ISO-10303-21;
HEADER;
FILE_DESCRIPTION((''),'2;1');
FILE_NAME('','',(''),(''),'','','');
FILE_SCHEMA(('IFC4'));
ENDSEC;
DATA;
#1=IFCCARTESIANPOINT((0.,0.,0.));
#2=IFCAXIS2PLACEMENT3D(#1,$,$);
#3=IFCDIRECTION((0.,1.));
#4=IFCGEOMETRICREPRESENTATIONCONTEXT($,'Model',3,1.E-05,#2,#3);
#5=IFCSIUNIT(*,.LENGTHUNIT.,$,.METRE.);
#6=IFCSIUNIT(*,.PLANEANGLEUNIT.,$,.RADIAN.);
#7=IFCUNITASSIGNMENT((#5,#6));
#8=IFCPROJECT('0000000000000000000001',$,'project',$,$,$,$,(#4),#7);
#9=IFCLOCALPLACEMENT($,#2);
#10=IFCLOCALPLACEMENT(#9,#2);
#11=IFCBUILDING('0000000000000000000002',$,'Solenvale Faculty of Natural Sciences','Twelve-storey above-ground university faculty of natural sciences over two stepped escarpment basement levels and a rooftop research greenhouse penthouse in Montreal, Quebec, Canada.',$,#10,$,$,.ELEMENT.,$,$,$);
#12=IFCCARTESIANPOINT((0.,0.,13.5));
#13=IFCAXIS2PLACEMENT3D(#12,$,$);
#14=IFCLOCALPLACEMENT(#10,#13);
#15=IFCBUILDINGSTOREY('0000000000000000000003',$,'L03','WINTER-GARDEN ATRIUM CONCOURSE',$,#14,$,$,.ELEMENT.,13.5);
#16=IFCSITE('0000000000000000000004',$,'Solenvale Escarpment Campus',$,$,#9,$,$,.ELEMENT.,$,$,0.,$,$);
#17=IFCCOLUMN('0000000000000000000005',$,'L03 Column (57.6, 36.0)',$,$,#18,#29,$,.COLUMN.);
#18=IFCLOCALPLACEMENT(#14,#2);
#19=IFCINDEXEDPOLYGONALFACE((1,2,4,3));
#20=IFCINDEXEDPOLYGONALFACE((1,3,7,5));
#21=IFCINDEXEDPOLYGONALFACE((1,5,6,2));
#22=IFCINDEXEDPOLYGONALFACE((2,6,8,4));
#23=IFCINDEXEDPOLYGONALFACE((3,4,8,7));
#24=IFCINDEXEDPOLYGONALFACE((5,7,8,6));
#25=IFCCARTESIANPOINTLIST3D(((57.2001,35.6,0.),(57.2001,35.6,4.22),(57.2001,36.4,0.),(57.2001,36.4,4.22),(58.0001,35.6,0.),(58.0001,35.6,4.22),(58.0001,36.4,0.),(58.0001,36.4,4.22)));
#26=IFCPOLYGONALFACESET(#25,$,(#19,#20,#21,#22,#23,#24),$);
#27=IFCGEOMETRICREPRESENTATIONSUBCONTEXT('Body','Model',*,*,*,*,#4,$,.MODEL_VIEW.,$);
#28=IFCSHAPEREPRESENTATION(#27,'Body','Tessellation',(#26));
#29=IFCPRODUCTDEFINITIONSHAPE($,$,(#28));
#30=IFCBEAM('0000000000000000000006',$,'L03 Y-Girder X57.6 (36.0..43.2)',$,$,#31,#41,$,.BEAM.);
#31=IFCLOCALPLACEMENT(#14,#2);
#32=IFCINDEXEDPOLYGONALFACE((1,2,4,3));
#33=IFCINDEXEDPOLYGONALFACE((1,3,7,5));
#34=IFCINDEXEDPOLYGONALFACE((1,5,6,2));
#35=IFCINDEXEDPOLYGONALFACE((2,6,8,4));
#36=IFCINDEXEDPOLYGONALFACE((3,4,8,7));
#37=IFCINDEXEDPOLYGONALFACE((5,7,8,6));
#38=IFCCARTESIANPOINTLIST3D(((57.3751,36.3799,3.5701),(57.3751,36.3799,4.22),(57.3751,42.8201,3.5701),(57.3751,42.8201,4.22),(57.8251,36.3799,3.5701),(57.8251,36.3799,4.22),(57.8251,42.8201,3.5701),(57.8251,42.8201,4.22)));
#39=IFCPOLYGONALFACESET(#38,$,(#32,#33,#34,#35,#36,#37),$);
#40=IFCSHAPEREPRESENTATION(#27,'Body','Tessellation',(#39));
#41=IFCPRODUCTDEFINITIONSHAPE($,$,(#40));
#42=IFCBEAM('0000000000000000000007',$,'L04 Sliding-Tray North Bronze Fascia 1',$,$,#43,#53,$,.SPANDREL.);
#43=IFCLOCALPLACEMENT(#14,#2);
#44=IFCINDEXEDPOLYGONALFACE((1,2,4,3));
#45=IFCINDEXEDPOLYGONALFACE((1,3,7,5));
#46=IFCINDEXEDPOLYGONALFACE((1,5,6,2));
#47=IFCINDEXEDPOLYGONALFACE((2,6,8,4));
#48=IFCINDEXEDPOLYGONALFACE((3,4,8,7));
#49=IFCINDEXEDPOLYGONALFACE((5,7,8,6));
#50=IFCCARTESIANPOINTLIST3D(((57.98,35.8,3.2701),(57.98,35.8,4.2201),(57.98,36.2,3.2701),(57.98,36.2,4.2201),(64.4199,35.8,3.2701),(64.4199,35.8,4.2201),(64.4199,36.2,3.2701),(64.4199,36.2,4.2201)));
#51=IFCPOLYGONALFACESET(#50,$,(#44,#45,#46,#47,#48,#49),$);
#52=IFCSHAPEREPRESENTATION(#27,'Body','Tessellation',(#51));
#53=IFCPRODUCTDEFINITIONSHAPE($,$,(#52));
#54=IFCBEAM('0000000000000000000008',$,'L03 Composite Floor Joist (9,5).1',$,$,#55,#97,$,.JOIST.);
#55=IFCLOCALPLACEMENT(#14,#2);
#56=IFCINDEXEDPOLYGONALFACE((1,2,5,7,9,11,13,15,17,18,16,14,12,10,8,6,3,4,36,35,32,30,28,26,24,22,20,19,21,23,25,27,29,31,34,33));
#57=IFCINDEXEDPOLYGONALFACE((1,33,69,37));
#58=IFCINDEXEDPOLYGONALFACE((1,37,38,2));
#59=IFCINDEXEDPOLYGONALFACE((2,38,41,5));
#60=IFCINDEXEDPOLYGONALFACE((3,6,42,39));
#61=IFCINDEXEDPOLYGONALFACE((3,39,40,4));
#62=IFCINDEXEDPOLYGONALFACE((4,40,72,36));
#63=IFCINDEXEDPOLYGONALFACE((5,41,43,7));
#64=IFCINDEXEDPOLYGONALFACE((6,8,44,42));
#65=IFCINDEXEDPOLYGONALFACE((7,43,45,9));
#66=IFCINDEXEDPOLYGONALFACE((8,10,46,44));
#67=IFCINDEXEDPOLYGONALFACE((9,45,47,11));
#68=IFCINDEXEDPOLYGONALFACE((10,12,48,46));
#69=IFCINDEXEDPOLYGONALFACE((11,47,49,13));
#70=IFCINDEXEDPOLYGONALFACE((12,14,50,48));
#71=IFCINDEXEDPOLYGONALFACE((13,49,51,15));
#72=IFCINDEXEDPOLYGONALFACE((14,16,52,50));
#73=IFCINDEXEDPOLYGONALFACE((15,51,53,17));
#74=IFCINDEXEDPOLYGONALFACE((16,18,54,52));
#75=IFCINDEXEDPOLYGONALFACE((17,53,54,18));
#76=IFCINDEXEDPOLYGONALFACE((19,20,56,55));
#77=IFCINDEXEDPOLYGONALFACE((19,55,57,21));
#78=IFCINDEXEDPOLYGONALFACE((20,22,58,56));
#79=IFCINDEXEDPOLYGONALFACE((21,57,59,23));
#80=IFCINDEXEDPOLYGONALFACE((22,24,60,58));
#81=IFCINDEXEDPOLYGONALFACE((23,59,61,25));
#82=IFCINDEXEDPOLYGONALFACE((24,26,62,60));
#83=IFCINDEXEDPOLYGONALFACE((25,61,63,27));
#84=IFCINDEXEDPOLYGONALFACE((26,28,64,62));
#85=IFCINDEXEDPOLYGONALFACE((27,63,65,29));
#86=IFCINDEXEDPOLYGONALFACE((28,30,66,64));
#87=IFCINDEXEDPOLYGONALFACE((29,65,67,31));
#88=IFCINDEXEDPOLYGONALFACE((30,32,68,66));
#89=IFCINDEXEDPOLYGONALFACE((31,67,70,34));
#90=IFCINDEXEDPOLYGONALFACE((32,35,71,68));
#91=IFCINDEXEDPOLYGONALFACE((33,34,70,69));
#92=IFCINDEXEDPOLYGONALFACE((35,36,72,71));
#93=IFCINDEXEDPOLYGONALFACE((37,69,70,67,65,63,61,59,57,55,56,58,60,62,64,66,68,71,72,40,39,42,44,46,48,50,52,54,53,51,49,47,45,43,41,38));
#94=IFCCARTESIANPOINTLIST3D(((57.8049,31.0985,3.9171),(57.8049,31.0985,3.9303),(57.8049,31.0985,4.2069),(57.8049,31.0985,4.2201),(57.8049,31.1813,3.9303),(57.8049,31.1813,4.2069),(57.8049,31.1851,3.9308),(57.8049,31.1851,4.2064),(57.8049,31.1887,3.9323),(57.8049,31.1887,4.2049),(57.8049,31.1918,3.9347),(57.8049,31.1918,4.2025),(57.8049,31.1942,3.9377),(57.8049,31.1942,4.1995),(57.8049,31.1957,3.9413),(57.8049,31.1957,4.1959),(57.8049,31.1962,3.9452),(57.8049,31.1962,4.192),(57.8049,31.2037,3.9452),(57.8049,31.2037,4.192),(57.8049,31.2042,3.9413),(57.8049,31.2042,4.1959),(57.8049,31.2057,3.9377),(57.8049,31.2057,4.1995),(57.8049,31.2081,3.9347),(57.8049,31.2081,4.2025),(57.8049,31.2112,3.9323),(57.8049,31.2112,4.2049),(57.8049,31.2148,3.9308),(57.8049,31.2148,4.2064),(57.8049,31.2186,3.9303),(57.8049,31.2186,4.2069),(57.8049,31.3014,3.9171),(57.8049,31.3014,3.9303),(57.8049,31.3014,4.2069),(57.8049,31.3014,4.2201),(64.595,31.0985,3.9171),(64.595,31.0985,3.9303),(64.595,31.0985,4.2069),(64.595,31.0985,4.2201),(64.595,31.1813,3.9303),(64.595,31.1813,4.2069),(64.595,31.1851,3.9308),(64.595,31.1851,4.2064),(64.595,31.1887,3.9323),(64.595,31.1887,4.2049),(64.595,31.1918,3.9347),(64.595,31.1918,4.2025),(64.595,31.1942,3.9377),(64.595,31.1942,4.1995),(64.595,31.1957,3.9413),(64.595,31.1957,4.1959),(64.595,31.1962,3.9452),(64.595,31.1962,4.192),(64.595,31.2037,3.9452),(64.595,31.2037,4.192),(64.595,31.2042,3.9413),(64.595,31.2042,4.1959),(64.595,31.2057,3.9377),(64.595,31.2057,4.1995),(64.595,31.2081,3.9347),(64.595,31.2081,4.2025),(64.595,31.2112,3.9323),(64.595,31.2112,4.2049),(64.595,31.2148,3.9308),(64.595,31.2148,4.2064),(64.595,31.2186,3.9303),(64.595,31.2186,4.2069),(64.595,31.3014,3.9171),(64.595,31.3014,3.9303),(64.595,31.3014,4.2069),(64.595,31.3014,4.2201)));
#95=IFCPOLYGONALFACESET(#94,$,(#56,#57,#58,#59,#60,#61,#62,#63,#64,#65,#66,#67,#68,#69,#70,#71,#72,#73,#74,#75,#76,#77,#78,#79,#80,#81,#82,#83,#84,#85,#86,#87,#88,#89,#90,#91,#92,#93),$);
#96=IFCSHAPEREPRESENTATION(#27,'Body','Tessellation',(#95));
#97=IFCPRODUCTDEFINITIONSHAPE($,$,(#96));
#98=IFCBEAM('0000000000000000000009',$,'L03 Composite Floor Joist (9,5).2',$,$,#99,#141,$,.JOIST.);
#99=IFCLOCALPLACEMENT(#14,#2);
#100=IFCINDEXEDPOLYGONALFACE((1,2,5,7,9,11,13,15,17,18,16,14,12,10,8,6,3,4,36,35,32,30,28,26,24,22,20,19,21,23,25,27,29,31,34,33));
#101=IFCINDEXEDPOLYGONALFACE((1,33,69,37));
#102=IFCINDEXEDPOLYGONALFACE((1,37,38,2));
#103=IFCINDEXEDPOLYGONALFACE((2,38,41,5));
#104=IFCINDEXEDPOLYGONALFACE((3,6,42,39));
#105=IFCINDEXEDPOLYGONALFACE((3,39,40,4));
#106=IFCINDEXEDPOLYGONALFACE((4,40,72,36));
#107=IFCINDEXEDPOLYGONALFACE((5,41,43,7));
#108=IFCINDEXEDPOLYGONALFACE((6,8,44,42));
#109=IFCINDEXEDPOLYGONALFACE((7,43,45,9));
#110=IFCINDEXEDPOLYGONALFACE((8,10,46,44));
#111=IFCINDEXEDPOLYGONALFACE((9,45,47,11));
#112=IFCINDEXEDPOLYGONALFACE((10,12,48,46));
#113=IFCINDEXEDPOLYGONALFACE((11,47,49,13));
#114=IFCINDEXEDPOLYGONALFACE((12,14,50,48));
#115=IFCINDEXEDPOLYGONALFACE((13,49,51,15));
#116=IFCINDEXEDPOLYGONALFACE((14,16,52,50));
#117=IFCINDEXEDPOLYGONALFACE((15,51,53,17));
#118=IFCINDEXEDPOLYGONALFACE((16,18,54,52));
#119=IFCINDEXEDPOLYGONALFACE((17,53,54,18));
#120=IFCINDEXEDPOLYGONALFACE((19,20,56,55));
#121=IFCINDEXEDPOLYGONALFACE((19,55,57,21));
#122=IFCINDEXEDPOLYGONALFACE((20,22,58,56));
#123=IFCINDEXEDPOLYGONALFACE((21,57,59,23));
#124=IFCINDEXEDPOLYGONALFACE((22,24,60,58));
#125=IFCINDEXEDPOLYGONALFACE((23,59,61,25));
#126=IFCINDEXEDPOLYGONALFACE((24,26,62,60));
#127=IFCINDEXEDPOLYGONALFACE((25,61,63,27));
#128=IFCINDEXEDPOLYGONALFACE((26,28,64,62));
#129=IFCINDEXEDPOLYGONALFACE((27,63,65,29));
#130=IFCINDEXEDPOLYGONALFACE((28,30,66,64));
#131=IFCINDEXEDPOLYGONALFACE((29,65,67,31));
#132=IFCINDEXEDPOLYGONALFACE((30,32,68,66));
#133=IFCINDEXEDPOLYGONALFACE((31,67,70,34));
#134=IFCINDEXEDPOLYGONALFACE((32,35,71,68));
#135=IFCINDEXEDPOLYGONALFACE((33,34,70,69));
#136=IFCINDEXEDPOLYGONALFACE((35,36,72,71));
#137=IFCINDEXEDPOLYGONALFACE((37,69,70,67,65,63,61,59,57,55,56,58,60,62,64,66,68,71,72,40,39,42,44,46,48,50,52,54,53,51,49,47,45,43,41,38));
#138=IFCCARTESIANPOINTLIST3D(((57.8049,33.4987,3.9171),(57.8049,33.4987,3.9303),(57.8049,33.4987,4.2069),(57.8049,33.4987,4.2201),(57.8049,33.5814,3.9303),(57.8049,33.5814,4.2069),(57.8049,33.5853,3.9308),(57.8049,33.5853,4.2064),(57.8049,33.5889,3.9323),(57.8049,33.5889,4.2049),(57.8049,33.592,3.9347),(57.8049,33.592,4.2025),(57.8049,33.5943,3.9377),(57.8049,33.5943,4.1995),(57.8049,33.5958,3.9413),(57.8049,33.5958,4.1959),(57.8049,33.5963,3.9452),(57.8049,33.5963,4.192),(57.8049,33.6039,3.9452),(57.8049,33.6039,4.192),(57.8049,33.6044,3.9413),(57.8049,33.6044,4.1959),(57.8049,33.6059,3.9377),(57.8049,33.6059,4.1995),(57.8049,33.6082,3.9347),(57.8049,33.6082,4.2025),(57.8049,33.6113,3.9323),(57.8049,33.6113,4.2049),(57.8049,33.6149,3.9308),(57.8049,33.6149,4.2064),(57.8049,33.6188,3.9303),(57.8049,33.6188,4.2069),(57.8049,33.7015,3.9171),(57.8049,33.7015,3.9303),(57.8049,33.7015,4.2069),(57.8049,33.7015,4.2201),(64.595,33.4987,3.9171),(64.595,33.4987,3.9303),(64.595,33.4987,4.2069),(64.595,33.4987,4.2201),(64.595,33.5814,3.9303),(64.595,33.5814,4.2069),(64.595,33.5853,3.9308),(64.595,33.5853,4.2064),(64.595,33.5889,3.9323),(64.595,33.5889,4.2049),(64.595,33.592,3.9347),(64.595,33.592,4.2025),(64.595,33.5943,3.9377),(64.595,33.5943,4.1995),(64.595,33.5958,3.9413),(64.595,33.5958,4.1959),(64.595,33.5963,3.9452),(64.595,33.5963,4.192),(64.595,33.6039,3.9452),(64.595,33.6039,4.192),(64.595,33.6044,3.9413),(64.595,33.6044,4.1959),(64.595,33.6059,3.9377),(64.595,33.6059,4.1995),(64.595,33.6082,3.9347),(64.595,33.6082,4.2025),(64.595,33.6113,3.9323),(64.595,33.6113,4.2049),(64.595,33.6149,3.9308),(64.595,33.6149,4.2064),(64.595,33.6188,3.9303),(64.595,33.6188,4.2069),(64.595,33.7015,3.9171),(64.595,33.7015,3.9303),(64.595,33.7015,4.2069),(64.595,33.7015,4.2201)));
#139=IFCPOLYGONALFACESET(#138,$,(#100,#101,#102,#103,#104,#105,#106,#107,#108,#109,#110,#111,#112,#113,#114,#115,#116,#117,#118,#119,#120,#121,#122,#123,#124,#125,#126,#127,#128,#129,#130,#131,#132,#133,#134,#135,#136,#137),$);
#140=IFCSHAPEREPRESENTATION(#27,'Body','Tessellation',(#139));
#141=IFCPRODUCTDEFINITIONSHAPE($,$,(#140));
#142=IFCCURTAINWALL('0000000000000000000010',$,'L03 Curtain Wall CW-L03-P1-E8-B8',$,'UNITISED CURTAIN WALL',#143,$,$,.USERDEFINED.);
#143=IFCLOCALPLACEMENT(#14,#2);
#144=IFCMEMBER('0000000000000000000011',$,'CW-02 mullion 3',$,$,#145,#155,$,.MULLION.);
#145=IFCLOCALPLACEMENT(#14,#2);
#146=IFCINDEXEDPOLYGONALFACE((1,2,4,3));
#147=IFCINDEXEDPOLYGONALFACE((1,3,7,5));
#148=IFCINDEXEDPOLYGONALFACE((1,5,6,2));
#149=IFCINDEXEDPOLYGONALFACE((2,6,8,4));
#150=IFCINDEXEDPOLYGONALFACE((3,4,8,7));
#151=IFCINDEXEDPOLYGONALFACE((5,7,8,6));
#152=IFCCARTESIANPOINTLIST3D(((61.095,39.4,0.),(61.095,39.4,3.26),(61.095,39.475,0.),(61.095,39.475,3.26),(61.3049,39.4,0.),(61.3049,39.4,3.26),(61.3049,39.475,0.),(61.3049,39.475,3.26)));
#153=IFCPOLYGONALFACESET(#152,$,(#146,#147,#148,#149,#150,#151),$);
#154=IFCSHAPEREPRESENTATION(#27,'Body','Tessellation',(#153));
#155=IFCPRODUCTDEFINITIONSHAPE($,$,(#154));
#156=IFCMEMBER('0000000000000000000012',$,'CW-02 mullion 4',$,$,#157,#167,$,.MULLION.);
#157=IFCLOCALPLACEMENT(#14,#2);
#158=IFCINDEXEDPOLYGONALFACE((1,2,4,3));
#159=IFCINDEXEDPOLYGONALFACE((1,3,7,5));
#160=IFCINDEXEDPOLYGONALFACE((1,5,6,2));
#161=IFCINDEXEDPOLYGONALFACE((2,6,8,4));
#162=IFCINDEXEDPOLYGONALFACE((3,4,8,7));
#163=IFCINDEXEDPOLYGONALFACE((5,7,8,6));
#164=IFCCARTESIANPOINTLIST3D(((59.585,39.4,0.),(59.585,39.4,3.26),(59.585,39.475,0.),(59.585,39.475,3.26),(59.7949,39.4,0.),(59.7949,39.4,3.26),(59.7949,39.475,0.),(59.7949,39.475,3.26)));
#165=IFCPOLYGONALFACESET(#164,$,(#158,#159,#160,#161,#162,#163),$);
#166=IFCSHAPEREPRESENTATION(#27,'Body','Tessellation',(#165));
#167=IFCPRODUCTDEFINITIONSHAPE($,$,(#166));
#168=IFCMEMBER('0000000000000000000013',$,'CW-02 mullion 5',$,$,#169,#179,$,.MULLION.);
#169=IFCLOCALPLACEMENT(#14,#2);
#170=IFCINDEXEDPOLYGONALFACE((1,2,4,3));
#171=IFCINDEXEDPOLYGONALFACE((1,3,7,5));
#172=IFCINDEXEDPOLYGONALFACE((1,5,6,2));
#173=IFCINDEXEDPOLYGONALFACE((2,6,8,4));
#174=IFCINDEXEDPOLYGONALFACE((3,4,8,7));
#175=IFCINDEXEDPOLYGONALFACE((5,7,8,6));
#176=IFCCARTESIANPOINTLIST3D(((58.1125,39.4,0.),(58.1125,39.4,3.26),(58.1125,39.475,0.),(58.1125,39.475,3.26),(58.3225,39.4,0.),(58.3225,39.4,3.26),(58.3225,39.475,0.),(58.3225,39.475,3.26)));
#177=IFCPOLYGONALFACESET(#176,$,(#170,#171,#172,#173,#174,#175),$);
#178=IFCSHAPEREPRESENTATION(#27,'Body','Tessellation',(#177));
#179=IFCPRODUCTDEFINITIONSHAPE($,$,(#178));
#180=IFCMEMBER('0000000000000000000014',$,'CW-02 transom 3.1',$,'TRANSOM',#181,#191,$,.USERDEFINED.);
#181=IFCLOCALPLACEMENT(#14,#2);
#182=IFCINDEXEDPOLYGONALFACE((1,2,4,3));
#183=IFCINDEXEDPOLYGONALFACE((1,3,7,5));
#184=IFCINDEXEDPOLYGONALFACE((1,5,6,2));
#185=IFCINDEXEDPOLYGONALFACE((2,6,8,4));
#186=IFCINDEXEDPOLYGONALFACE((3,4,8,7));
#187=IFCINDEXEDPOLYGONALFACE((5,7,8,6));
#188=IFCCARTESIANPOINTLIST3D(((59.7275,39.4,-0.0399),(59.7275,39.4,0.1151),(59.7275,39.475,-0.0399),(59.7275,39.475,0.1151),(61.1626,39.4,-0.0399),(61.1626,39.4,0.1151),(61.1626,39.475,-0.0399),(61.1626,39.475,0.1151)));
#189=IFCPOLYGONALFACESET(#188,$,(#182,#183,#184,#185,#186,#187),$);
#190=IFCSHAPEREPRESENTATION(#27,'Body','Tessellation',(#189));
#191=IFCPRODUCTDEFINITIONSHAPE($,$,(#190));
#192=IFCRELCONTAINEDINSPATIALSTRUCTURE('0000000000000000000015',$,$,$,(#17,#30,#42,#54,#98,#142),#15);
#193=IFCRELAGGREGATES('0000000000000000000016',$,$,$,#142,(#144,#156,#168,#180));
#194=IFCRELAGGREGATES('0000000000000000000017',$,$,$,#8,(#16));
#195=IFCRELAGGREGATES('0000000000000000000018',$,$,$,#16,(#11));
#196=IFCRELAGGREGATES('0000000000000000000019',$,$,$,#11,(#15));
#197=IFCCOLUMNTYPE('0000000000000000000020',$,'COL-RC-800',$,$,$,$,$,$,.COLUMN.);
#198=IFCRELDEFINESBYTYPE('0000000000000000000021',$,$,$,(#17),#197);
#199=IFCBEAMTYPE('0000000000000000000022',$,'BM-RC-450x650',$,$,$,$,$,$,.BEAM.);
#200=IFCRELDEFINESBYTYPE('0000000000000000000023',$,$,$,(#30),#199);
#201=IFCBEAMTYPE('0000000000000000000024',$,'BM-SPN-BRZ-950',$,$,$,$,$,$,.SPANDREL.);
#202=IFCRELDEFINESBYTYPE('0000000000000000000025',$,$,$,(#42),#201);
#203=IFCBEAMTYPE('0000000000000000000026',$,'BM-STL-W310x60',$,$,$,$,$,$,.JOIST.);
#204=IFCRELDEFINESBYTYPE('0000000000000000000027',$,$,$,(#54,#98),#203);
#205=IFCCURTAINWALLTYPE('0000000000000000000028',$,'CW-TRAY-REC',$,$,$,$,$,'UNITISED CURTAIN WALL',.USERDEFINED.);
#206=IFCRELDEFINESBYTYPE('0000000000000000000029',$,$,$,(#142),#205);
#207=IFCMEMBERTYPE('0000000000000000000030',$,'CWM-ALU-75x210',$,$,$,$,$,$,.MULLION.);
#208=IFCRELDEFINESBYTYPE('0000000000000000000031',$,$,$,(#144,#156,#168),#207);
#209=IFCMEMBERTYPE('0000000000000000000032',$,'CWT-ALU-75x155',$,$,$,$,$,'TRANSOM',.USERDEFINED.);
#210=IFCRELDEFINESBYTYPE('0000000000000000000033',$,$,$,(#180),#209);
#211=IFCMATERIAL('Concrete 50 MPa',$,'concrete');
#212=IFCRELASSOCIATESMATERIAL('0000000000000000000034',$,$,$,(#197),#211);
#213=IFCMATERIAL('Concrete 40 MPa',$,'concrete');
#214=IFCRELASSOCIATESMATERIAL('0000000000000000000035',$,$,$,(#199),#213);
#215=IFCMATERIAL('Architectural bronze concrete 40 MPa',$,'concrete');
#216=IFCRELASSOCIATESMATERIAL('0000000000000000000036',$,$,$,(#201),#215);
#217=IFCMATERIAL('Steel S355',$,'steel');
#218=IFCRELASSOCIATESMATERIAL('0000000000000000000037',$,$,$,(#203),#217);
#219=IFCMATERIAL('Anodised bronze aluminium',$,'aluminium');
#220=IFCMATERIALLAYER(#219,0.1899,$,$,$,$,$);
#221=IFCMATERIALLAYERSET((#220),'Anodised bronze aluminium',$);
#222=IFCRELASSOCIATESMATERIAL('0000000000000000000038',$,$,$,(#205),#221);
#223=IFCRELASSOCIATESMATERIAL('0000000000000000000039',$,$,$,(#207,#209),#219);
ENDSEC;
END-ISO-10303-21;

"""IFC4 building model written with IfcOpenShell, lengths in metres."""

from ifc_helpers import new_model, si_unit, direction, frame, origin, origin_2d, place, context, subcontext, project, spatial, rectangle, i_section, extrude, material, layer, layer_set, material_profile, profile_set, type_object, element, aggregate, save


model = new_model("IFC4")

# Units and contexts
model_context = context("Model", 3, precision=1e-05, world=origin(), true_north=direction((0.0, 1.0)))
body_context = subcontext(model_context, "Body", "Model", "MODEL_VIEW")
ifc_project = project(units=[si_unit("LENGTHUNIT", "METRE"), si_unit("PLANEANGLEUNIT", "RADIAN")], contexts=[model_context])

# Site, building, storey
site_placement = place(None, origin())
site = spatial("IfcSite", under=ifc_project, at=site_placement, Name="Solenvale Escarpment Campus", CompositionType="ELEMENT", RefElevation=0.0)
building_placement = place(site_placement, origin())
building = spatial("IfcBuilding", under=site, at=building_placement, Name="Solenvale Faculty of Natural Sciences", Description="Twelve-storey above-ground university faculty of natural sciences over two stepped escarpment basement levels and a rooftop research greenhouse penthouse in Montreal, Quebec, Canada.", CompositionType="ELEMENT")
storey_placement = place(building_placement, frame((0.0, 0.0, 13.5)))
storey = spatial("IfcBuildingStorey", under=building, at=storey_placement, Name="L03", Description="WINTER-GARDEN ATRIUM CONCOURSE", CompositionType="ELEMENT", Elevation=13.5)

# Column
ifc_material_1 = material(Name="Concrete 50 MPa", Category="concrete")
ifc_material_profile_1 = material_profile(ifc_material_1, rectangle(XDim=0.8, YDim=0.8, at=origin_2d()), Name="RC-COL-800x800")
ifc_profile_set_1 = profile_set([ifc_material_profile_1], Name="Concrete 50 MPa")
column_type = type_object("IfcColumnType", Name="COL-RC-800", PredefinedType="COLUMN", material=ifc_profile_set_1)
column_placement = place(storey_placement, frame((57.6001, 36.0, 0.0), z_axis=(0.0, 0.0, 1.0), x_axis=(1.0, 0.0, 0.0)))
element("IfcColumn", 1, at=column_placement, inside=storey, type_object=column_type, Name="L03 Column (57.6, 36.0)", PredefinedType="COLUMN", context=body_context, shape_type="SweptSolid", body=[
    extrude(rectangle(XDim=0.8, YDim=0.8, at=origin_2d()), origin(), (0.0, 0.0, 1.0), 4.22),
])

# Beams
ifc_material_2 = material(Name="Concrete 40 MPa", Category="concrete")
ifc_material_profile_2 = material_profile(ifc_material_2, rectangle(XDim=0.45, YDim=0.6499, at=origin_2d()), Name="RC-BM-450x650")
ifc_profile_set_2 = profile_set([ifc_material_profile_2], Name="Concrete 40 MPa")
beam_type_1 = type_object("IfcBeamType", Name="BM-RC-450x650", PredefinedType="BEAM", material=ifc_profile_set_2)
beam_1_placement = place(storey_placement, frame((57.6001, 36.3799, 3.895), z_axis=(0.0, 1.0, 0.0), x_axis=(-1.0, 0.0, 0.0)))
element("IfcBeam", 2, at=beam_1_placement, inside=storey, type_object=beam_type_1, Name="L03 Y-Girder X57.6 (36.0..43.2)", PredefinedType="BEAM", context=body_context, shape_type="SweptSolid", body=[
    extrude(rectangle(XDim=0.45, YDim=0.6499, at=origin_2d()), origin(), (0.0, 0.0, 1.0), 6.4402),
])
ifc_material_3 = material(Name="Architectural bronze concrete 40 MPa", Category="concrete")
ifc_material_profile_3 = material_profile(ifc_material_3, rectangle(XDim=0.3999, YDim=0.95, at=origin_2d()), Name="RC-SPN-400x950")
ifc_profile_set_3 = profile_set([ifc_material_profile_3], Name="Architectural bronze concrete 40 MPa")
beam_type_2 = type_object("IfcBeamType", Name="BM-SPN-BRZ-950", PredefinedType="SPANDREL", material=ifc_profile_set_3)
beam_2_placement = place(storey_placement, frame((57.98, 36.0, 3.7451), z_axis=(1.0, 0.0, 0.0), x_axis=(0.0, 1.0, 0.0)))
element("IfcBeam", 3, at=beam_2_placement, inside=storey, type_object=beam_type_2, Name="L04 Sliding-Tray North Bronze Fascia 1", PredefinedType="SPANDREL", context=body_context, shape_type="SweptSolid", body=[
    extrude(rectangle(XDim=0.3999, YDim=0.95, at=origin_2d()), origin(), (0.0, 0.0, 1.0), 6.4399),
])
ifc_material_4 = material(Name="Steel S355", Category="steel")
ifc_material_profile_4 = material_profile(ifc_material_4, i_section(OverallWidth=0.2029, OverallDepth=0.303, WebThickness=0.0076, FlangeThickness=0.0132, FilletRadius=0.0149, at=origin_2d()), Name="W310x60")
ifc_profile_set_4 = profile_set([ifc_material_profile_4], Name="Steel S355")
beam_type_3 = type_object("IfcBeamType", Name="BM-STL-W310x60", PredefinedType="JOIST", material=ifc_profile_set_4)
for number, where, z_axis, x_axis, name in (
    (4, (57.8049, 31.2, 4.0686), (1.0, 0.0, 0.0), (0.0, 1.0, 0.0), "L03 Composite Floor Joist (9,5).1"),
    (5, (57.8049, 33.6001, 4.0686), (1.0, 0.0, 0.0), (0.0, 1.0, 0.0), "L03 Composite Floor Joist (9,5).2"),
):
    element("IfcBeam", number, at=place(storey_placement, frame(where, z_axis=z_axis, x_axis=x_axis)), inside=storey, type_object=beam_type_3, Name=name, PredefinedType="JOIST", context=body_context, shape_type="SweptSolid", body=[
        extrude(i_section(OverallWidth=0.2029, OverallDepth=0.303, WebThickness=0.0076, FlangeThickness=0.0132, FilletRadius=0.0149, at=origin_2d()), origin(), (0.0, 0.0, 1.0), 6.79),
    ])

# Curtain wall, members
ifc_material_5 = material(Name="Anodised bronze aluminium", Category="aluminium")
ifc_layer_1 = layer(ifc_material_5, 0.1899)
ifc_layer_set_1 = layer_set([ifc_layer_1], Name="Anodised bronze aluminium")
curtain_wall_type = type_object("IfcCurtainWallType", Name="CW-TRAY-REC", ElementType="UNITISED CURTAIN WALL", PredefinedType="USERDEFINED", material=ifc_layer_set_1)
curtain_wall_placement = place(storey_placement, origin())
curtain_wall = element("IfcCurtainWall", 6, at=curtain_wall_placement, inside=storey, type_object=curtain_wall_type, Name="L03 Curtain Wall CW-L03-P1-E8-B8", ObjectType="UNITISED CURTAIN WALL", PredefinedType="USERDEFINED")
ifc_material_profile_5 = material_profile(ifc_material_5, rectangle(XDim=0.075, YDim=0.21, at=origin_2d()), Name="ALU-MUL-75x210")
ifc_profile_set_5 = profile_set([ifc_material_profile_5], Name="Anodised bronze aluminium")
member_type_1 = type_object("IfcMemberType", Name="CWM-ALU-75x210", PredefinedType="MULLION", material=ifc_profile_set_5)
member_1_placement = place(storey_placement, frame((61.2, 39.4375, 0.0), z_axis=(0.0, 0.0, 1.0), x_axis=(0.0, -1.0, 0.0)))
member_1 = element("IfcMember", 7, at=member_1_placement, type_object=member_type_1, Name="CW-02 mullion 3", PredefinedType="MULLION", context=body_context, shape_type="SweptSolid", body=[
    extrude(rectangle(XDim=0.075, YDim=0.21, at=origin_2d()), origin(), (0.0, 0.0, 1.0), 3.26),
])
member_2_placement = place(storey_placement, frame((59.6899, 39.4375, 0.0), z_axis=(0.0, 0.0, 1.0), x_axis=(0.0, -1.0, 0.0)))
member_2 = element("IfcMember", 8, at=member_2_placement, type_object=member_type_1, Name="CW-02 mullion 4", PredefinedType="MULLION", context=body_context, shape_type="SweptSolid", body=[
    extrude(rectangle(XDim=0.075, YDim=0.21, at=origin_2d()), origin(), (0.0, 0.0, 1.0), 3.26),
])
member_3_placement = place(storey_placement, frame((58.2175, 39.4375, 0.0), z_axis=(0.0, 0.0, 1.0), x_axis=(0.0, -1.0, 0.0)))
member_3 = element("IfcMember", 9, at=member_3_placement, type_object=member_type_1, Name="CW-02 mullion 5", PredefinedType="MULLION", context=body_context, shape_type="SweptSolid", body=[
    extrude(rectangle(XDim=0.075, YDim=0.21, at=origin_2d()), origin(), (0.0, 0.0, 1.0), 3.26),
])
ifc_material_profile_6 = material_profile(ifc_material_5, rectangle(XDim=0.075, YDim=0.155, at=origin_2d()), Name="ALU-TRN-75x155")
ifc_profile_set_6 = profile_set([ifc_material_profile_6], Name="Anodised bronze aluminium")
member_type_2 = type_object("IfcMemberType", Name="CWT-ALU-75x155", ElementType="TRANSOM", PredefinedType="USERDEFINED", material=ifc_profile_set_6)
member_4_placement = place(storey_placement, frame((61.1626, 39.4375, 0.0376), z_axis=(-1.0, 0.0, 0.0), x_axis=(0.0, -1.0, 0.0)))
member_4 = element("IfcMember", 10, at=member_4_placement, type_object=member_type_2, Name="CW-02 transom 3.1", ObjectType="TRANSOM", PredefinedType="USERDEFINED", context=body_context, shape_type="SweptSolid", body=[
    extrude(rectangle(XDim=0.075, YDim=0.155, at=origin_2d()), origin(), (0.0, 0.0, 1.0), 1.4351),
])
aggregate(curtain_wall, [member_1, member_2, member_3, member_4])

save(model, "model.ifc")
